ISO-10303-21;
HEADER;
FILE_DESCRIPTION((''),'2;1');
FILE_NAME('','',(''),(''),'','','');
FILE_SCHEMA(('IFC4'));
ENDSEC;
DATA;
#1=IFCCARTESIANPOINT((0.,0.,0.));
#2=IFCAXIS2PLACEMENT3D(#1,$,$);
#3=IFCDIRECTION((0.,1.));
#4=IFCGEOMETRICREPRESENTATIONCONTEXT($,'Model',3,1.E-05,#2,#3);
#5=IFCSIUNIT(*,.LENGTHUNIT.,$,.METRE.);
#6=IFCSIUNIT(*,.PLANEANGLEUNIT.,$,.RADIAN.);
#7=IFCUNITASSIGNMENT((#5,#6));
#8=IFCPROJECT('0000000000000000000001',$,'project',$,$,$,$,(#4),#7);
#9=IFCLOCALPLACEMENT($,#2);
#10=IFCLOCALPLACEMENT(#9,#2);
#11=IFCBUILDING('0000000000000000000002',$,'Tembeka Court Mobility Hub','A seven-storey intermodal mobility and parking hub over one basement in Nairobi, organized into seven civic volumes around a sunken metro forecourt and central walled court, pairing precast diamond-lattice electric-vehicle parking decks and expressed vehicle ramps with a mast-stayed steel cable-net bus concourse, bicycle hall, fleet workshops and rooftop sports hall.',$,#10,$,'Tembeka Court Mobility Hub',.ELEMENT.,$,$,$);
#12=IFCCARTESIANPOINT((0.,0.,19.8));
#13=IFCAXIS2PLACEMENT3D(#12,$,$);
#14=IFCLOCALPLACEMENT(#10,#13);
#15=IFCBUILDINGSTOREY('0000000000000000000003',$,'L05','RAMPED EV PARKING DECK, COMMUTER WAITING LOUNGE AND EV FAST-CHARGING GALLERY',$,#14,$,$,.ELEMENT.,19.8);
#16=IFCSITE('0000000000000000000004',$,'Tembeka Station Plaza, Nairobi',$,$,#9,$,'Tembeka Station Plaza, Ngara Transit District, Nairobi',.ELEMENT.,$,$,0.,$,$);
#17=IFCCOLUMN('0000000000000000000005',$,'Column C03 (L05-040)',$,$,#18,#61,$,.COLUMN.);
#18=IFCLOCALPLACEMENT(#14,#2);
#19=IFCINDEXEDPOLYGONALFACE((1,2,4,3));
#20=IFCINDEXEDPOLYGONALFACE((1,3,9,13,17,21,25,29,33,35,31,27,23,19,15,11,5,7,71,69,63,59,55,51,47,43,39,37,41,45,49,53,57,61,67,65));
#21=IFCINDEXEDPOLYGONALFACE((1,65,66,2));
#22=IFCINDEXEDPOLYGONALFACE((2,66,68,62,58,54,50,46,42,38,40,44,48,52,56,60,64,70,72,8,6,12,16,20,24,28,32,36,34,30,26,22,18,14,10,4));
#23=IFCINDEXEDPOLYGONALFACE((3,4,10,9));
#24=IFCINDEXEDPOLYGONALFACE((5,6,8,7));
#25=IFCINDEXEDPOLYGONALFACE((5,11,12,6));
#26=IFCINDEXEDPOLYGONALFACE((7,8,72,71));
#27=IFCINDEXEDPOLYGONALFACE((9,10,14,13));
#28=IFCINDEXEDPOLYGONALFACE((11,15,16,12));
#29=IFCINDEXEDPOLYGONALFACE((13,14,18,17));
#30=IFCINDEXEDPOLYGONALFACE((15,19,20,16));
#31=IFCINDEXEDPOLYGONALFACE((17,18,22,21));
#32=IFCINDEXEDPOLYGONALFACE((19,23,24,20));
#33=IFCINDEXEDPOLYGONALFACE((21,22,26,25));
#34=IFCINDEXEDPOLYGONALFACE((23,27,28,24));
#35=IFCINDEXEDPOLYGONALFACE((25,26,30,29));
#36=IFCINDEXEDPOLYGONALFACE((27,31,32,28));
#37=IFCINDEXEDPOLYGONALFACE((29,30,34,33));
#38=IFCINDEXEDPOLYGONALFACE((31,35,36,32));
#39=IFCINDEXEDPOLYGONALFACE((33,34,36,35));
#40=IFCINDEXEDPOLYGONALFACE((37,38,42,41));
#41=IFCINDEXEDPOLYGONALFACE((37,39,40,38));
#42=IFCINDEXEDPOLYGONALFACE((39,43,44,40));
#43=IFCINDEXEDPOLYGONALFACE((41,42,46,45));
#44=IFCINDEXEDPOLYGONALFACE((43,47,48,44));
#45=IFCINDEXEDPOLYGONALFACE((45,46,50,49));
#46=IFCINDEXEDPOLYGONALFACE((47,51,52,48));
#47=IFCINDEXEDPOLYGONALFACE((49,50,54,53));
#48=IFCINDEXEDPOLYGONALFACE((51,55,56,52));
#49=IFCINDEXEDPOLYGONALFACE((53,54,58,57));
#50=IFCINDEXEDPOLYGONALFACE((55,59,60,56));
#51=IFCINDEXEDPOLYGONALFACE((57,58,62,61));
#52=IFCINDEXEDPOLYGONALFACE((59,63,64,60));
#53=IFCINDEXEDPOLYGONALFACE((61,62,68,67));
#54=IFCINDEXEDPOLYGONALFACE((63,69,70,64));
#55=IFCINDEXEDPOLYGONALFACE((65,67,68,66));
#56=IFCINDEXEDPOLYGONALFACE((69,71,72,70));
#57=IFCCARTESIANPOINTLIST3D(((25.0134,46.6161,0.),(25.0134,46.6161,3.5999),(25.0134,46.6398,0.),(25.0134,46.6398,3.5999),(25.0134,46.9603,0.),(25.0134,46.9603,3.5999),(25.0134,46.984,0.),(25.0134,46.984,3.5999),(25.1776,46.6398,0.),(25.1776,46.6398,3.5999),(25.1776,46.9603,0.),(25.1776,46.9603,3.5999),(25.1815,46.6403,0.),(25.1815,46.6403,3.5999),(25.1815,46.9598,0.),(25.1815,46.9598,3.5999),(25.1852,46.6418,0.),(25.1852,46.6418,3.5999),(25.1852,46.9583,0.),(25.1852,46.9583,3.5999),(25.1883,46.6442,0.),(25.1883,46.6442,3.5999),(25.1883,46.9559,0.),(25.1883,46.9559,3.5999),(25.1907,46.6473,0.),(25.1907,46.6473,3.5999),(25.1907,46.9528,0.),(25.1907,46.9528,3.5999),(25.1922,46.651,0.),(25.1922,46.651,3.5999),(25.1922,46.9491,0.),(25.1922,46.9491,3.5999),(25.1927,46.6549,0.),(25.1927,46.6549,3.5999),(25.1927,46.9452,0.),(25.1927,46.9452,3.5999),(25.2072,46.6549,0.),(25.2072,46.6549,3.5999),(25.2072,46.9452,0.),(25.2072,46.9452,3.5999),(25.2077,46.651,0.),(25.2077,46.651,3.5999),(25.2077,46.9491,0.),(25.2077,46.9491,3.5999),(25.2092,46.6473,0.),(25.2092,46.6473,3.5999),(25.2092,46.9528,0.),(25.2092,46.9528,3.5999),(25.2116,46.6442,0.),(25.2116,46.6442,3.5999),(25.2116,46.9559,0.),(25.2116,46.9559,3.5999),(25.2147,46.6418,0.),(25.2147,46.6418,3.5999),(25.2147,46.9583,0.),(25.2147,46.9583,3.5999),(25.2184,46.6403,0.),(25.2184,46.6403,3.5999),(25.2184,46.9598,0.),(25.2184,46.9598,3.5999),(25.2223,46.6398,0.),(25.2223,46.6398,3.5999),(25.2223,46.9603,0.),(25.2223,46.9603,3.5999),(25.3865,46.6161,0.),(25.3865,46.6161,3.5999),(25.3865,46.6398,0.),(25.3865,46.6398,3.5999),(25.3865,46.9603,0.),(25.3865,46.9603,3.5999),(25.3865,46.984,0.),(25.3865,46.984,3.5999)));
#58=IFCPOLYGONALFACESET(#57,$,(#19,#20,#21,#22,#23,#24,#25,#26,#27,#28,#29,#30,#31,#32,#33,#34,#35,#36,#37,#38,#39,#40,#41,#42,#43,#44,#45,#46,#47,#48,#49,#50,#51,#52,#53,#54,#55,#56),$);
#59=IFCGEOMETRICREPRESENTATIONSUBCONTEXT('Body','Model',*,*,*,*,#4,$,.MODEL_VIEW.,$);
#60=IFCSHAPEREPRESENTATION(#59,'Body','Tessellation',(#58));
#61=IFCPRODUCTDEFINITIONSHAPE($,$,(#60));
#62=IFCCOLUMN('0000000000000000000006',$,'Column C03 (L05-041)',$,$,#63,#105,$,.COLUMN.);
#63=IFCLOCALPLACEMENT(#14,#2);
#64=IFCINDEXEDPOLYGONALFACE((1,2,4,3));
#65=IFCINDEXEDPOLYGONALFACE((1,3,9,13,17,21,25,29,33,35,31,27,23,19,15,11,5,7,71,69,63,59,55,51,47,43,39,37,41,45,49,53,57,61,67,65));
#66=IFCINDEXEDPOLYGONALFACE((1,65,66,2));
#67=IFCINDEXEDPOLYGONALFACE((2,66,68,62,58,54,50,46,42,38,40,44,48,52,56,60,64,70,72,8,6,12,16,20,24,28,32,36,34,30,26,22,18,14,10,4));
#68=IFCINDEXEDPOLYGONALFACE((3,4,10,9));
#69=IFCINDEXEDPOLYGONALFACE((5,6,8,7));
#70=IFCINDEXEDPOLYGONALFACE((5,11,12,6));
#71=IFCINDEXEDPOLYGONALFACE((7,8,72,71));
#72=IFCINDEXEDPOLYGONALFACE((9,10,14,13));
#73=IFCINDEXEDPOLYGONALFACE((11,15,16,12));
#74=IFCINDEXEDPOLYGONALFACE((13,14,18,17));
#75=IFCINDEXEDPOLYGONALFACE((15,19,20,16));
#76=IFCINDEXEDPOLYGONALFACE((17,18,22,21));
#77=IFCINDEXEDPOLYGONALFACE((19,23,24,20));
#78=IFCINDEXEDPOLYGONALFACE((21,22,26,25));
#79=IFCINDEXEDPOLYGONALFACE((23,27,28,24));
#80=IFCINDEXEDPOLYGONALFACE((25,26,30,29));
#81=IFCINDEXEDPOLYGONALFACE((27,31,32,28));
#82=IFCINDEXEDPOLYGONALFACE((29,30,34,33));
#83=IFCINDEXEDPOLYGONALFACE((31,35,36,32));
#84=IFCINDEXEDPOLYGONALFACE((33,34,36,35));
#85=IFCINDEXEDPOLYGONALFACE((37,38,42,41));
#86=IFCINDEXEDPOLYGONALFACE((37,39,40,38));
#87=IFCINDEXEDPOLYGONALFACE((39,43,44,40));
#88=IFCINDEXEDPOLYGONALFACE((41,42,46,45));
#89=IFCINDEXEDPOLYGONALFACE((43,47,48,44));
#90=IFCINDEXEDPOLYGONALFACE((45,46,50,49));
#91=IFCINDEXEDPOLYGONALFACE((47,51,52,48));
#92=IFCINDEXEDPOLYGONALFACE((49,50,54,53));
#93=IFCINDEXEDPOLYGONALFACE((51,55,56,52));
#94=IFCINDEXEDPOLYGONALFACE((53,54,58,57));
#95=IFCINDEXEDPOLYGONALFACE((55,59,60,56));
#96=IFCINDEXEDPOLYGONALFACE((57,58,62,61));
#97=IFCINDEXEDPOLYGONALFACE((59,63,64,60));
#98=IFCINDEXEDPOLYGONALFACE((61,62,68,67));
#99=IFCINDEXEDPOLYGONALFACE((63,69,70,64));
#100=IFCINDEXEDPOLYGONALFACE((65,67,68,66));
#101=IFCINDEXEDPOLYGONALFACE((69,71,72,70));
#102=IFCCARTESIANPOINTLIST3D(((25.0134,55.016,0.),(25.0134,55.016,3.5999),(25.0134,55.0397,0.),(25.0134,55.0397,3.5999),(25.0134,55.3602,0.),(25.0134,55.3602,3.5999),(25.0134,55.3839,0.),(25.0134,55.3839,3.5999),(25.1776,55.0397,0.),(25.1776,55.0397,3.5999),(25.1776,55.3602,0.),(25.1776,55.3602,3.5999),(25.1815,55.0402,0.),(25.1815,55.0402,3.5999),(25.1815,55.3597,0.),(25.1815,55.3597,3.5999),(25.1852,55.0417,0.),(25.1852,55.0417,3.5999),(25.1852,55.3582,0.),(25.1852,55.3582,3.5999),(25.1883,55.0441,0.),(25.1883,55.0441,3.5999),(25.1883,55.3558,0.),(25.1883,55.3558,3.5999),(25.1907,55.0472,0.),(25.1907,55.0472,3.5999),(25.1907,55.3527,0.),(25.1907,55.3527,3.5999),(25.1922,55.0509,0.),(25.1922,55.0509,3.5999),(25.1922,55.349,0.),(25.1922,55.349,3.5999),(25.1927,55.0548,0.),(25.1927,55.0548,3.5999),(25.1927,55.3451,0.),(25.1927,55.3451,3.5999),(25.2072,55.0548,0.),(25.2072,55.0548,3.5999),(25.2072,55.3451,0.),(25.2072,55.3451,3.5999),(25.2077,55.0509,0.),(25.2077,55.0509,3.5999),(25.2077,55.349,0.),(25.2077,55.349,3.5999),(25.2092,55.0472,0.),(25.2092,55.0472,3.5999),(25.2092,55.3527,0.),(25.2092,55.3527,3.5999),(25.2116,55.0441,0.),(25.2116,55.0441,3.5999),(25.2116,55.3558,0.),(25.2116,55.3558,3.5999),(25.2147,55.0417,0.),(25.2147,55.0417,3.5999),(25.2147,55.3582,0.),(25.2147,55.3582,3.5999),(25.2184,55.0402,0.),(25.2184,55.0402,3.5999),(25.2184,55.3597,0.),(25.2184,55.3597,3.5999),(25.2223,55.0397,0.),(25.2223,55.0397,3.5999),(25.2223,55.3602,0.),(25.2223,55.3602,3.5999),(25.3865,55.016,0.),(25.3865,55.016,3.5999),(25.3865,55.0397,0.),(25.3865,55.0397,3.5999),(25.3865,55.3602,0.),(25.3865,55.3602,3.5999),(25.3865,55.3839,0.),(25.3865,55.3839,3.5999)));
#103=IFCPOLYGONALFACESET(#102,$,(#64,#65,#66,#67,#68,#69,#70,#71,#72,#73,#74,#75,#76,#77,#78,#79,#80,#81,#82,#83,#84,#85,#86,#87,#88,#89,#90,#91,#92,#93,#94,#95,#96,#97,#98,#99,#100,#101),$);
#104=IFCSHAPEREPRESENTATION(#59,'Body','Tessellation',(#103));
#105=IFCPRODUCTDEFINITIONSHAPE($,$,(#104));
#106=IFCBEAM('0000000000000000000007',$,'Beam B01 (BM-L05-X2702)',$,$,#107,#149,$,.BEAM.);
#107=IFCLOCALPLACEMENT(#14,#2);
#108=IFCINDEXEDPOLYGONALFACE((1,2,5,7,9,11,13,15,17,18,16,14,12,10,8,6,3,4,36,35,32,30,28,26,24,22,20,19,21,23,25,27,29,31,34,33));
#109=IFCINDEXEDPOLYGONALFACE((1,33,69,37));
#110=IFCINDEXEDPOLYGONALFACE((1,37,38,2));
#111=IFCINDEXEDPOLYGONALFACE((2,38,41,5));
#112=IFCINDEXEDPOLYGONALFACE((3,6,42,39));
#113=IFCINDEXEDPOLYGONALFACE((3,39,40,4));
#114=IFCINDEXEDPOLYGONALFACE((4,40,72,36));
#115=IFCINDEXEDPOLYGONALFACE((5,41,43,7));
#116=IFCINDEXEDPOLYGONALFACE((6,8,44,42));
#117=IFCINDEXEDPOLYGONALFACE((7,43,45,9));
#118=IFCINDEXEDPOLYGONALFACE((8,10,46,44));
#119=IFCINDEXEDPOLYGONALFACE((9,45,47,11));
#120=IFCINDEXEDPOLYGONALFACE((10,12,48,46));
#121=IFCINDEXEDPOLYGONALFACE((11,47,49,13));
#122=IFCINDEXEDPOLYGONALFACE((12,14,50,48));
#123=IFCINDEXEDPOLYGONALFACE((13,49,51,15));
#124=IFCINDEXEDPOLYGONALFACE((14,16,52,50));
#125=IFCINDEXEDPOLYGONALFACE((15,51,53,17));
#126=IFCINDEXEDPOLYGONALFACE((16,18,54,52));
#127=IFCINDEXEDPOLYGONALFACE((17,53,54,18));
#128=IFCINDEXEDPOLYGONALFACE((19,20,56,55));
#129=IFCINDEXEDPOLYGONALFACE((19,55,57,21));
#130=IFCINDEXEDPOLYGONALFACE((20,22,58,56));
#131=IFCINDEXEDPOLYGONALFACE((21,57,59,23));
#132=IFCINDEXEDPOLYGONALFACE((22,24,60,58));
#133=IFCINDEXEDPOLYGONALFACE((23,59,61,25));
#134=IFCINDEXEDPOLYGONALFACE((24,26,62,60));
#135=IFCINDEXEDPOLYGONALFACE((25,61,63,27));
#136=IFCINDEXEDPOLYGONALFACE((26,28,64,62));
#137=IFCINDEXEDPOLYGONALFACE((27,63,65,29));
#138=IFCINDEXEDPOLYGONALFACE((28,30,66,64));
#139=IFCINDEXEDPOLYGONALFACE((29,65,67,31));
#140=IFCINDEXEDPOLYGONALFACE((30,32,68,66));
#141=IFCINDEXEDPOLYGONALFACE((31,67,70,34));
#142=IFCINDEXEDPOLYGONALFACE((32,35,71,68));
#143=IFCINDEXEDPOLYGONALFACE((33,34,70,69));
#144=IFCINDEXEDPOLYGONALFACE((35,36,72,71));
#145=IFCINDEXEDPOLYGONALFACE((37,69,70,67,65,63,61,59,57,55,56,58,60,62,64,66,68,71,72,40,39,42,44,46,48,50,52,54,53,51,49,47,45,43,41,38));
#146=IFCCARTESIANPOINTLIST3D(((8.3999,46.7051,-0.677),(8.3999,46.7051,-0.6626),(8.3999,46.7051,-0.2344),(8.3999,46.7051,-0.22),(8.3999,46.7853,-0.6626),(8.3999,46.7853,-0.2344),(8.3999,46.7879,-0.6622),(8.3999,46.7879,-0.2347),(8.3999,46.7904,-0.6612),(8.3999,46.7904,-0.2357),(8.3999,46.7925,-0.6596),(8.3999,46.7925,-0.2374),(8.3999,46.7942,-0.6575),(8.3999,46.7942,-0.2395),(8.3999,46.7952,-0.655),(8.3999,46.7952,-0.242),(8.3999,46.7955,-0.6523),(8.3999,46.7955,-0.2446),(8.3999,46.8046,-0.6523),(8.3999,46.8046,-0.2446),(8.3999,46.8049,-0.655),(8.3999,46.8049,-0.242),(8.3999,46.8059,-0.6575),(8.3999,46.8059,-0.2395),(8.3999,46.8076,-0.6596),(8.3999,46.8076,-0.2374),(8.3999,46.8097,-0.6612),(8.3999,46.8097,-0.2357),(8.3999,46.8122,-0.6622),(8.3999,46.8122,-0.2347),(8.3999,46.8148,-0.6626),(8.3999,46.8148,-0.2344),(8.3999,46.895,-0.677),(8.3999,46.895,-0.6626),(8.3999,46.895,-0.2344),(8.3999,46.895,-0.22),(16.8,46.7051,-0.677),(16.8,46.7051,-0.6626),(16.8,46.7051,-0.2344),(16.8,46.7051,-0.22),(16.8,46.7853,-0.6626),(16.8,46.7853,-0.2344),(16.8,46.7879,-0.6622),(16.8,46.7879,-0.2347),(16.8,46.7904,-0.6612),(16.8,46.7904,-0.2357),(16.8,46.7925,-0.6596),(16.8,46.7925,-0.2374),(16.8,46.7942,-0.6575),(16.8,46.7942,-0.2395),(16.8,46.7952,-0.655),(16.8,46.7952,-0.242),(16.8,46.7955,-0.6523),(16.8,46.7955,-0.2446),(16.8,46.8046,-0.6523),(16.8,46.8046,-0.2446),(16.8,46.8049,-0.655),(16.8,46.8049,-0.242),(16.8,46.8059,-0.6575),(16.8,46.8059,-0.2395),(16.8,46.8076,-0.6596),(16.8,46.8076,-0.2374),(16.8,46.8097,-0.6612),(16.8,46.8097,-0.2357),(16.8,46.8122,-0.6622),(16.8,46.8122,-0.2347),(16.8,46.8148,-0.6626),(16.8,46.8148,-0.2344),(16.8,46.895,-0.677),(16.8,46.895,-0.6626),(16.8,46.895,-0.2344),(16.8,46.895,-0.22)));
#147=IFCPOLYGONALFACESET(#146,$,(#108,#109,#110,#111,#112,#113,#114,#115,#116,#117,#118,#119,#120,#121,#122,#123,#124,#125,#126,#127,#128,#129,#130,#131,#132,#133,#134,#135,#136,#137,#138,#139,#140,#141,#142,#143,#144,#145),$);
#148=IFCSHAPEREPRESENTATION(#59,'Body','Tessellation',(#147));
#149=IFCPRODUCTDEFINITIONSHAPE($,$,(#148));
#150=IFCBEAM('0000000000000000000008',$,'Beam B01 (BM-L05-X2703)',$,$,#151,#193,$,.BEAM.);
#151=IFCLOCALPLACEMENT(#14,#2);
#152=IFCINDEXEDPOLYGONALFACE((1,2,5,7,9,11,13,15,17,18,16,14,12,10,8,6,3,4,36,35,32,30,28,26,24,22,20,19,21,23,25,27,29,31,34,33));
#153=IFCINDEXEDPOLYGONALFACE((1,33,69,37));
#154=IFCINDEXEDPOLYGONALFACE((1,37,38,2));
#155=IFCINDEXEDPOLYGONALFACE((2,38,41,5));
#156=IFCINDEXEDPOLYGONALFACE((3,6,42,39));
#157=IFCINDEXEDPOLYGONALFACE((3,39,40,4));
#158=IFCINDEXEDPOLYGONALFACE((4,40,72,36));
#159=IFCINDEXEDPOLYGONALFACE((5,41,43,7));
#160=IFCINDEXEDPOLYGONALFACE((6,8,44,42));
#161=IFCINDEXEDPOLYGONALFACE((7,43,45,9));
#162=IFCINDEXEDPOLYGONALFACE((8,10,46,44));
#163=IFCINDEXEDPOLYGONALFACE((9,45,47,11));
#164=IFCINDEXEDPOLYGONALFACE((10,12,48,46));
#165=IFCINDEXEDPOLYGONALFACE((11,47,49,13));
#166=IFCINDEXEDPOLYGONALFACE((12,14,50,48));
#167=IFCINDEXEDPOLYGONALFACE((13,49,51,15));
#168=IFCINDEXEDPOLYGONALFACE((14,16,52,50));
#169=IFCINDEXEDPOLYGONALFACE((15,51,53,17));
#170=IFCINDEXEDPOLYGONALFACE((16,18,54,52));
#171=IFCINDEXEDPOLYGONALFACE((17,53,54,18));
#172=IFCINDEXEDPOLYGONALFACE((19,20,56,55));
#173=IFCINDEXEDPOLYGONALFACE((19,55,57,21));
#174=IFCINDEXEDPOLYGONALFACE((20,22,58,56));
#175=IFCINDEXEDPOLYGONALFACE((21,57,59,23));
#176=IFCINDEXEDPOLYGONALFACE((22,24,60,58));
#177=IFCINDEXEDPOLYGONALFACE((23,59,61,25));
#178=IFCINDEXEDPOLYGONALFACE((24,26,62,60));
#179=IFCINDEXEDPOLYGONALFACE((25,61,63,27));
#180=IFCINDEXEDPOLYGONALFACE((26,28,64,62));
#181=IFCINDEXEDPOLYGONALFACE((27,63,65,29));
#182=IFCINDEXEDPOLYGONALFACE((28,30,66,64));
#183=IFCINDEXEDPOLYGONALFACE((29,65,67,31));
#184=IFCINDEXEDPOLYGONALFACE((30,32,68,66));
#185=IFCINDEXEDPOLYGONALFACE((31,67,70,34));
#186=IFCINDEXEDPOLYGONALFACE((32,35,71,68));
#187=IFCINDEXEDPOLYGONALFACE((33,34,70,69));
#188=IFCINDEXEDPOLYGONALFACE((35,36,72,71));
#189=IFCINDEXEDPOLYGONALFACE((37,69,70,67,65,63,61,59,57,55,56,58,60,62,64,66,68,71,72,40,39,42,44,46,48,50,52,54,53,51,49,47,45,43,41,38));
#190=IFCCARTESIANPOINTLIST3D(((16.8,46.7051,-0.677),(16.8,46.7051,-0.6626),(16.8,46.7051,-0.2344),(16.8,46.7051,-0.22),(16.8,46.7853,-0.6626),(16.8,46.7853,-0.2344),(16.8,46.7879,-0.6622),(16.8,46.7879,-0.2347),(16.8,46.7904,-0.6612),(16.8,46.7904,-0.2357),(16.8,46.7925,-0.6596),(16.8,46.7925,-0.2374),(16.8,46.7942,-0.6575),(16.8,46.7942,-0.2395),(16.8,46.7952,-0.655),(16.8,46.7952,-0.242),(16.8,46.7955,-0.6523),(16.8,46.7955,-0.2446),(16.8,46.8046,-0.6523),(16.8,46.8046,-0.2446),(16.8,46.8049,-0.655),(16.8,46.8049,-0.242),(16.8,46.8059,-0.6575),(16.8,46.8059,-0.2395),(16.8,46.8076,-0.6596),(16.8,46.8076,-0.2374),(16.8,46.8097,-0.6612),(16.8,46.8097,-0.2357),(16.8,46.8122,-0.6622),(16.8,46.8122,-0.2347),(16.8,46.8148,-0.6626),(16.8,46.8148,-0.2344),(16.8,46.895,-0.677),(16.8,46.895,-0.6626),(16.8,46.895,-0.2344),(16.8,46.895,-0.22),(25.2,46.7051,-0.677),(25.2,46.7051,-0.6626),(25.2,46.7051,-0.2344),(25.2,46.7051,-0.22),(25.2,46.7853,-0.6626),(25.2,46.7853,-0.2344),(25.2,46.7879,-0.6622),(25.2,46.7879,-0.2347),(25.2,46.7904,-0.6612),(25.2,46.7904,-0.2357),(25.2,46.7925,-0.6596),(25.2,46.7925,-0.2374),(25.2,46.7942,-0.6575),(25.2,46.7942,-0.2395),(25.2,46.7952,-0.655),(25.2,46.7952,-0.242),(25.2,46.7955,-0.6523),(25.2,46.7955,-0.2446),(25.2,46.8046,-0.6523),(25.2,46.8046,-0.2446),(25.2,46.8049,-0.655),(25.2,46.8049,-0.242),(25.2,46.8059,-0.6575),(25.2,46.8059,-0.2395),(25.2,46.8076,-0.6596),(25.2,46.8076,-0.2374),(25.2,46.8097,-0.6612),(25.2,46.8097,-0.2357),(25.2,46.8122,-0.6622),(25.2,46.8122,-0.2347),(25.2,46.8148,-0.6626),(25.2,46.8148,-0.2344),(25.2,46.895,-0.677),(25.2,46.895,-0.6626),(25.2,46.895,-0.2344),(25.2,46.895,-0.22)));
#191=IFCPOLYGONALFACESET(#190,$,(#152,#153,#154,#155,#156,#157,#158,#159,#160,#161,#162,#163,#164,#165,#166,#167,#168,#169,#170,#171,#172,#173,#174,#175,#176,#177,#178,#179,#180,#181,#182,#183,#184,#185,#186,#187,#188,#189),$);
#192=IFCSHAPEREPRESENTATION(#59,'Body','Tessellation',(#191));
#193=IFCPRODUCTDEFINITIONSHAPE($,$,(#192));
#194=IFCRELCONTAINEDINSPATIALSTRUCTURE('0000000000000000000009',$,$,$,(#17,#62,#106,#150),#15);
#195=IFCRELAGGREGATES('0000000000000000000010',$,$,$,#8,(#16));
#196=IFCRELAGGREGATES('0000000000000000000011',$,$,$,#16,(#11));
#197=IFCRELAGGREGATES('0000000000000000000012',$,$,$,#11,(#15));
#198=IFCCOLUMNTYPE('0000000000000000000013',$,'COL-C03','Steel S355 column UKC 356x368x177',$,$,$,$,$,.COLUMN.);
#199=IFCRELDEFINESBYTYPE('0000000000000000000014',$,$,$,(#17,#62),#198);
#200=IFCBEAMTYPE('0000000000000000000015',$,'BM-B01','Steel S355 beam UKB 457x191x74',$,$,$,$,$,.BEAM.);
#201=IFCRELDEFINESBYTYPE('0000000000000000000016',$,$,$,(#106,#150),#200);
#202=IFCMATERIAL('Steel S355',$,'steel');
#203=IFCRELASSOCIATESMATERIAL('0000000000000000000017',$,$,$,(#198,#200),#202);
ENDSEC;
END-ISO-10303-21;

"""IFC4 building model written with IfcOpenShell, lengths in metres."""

from ifc_helpers import new_model, si_unit, direction, frame, origin, origin_2d, place, context, subcontext, project, spatial, i_section, extrude, material, material_profile, profile_set, type_object, element, save


model = new_model("IFC4")

# Units and contexts
model_context = context("Model", 3, precision=1e-05, world=origin(), true_north=direction((0.0, 1.0)))
body_context = subcontext(model_context, "Body", "Model", "MODEL_VIEW")
ifc_project = project(units=[si_unit("LENGTHUNIT", "METRE"), si_unit("PLANEANGLEUNIT", "RADIAN")], contexts=[model_context])

# Site, building, storey
site_placement = place(None, origin())
site = spatial("IfcSite", under=ifc_project, at=site_placement, Name="Tembeka Station Plaza, Nairobi", LongName="Tembeka Station Plaza, Ngara Transit District, Nairobi", CompositionType="ELEMENT", RefElevation=0.0)
building_placement = place(site_placement, origin())
building = spatial("IfcBuilding", under=site, at=building_placement, Name="Tembeka Court Mobility Hub", Description="A seven-storey intermodal mobility and parking hub over one basement in Nairobi, organized into seven civic volumes around a sunken metro forecourt and central walled court, pairing precast diamond-lattice electric-vehicle parking decks and expressed vehicle ramps with a mast-stayed steel cable-net bus concourse, bicycle hall, fleet workshops and rooftop sports hall.", LongName="Tembeka Court Mobility Hub", CompositionType="ELEMENT")
storey_placement = place(building_placement, frame((0.0, 0.0, 19.8)))
storey = spatial("IfcBuildingStorey", under=building, at=storey_placement, Name="L05", Description="RAMPED EV PARKING DECK, COMMUTER WAITING LOUNGE AND EV FAST-CHARGING GALLERY", CompositionType="ELEMENT", Elevation=19.8)

# Columns
ifc_material_1 = material(Name="Steel S355", Category="steel")
ifc_material_profile_1 = material_profile(ifc_material_1, i_section(OverallWidth=0.373, OverallDepth=0.3679, WebThickness=0.0144, FlangeThickness=0.0237, FilletRadius=0.0151, at=origin_2d()), Name="UKC 356x368x177")
ifc_profile_set_1 = profile_set([ifc_material_profile_1], Name="Steel S355")
column_type = type_object("IfcColumnType", Name="COL-C03", Description="Steel S355 column UKC 356x368x177", PredefinedType="COLUMN", material=ifc_profile_set_1)
for number, where, z_axis, x_axis, name in (
    (1, (25.2, 46.8, 0.0), (0.0, 0.0, 1.0), (1.0, 0.0, 0.0), "Column C03 (L05-040)"),
    (2, (25.2, 55.2, 0.0), (0.0, 0.0, 1.0), (1.0, 0.0, 0.0), "Column C03 (L05-041)"),
):
    element("IfcColumn", number, at=place(storey_placement, frame(where, z_axis=z_axis, x_axis=x_axis)), inside=storey, type_object=column_type, Name=name, PredefinedType="COLUMN", context=body_context, shape_type="SweptSolid", body=[
        extrude(i_section(OverallWidth=0.373, OverallDepth=0.3679, WebThickness=0.0144, FlangeThickness=0.0237, FilletRadius=0.0151, at=origin_2d()), origin(), (0.0, 0.0, 1.0), 3.5999),
    ])

# Beams
ifc_material_profile_2 = material_profile(ifc_material_1, i_section(OverallWidth=0.1899, OverallDepth=0.457, WebThickness=0.009, FlangeThickness=0.0144, FilletRadius=0.0103, at=origin_2d()), Name="UKB 457x191x74")
ifc_profile_set_2 = profile_set([ifc_material_profile_2], Name="Steel S355")
beam_type_1 = type_object("IfcBeamType", Name="BM-B01", Description="Steel S355 beam UKB 457x191x74", PredefinedType="BEAM", material=ifc_profile_set_2)
beam_1_placement = place(storey_placement, frame((8.3999, 46.8, -0.4485), z_axis=(1.0, 0.0, 0.0), x_axis=(0.0, 1.0, 0.0)))
element("IfcBeam", 3, at=beam_1_placement, inside=storey, type_object=beam_type_1, Name="Beam B01 (BM-L05-X2702)", PredefinedType="BEAM", context=body_context, shape_type="SweptSolid", body=[
    extrude(i_section(OverallWidth=0.1899, OverallDepth=0.457, WebThickness=0.009, FlangeThickness=0.0144, FilletRadius=0.0103, at=origin_2d()), origin(), (0.0, 0.0, 1.0), 8.4001),
])
beam_2_placement = place(storey_placement, frame((16.8, 46.8, -0.4485), z_axis=(1.0, 0.0, 0.0), x_axis=(0.0, 1.0, 0.0)))
element("IfcBeam", 4, at=beam_2_placement, inside=storey, type_object=beam_type_1, Name="Beam B01 (BM-L05-X2703)", PredefinedType="BEAM", context=body_context, shape_type="SweptSolid", body=[
    extrude(i_section(OverallWidth=0.1899, OverallDepth=0.457, WebThickness=0.009, FlangeThickness=0.0144, FilletRadius=0.0103, at=origin_2d()), origin(), (0.0, 0.0, 1.0), 8.3999),
])

save(model, "model.ifc")
